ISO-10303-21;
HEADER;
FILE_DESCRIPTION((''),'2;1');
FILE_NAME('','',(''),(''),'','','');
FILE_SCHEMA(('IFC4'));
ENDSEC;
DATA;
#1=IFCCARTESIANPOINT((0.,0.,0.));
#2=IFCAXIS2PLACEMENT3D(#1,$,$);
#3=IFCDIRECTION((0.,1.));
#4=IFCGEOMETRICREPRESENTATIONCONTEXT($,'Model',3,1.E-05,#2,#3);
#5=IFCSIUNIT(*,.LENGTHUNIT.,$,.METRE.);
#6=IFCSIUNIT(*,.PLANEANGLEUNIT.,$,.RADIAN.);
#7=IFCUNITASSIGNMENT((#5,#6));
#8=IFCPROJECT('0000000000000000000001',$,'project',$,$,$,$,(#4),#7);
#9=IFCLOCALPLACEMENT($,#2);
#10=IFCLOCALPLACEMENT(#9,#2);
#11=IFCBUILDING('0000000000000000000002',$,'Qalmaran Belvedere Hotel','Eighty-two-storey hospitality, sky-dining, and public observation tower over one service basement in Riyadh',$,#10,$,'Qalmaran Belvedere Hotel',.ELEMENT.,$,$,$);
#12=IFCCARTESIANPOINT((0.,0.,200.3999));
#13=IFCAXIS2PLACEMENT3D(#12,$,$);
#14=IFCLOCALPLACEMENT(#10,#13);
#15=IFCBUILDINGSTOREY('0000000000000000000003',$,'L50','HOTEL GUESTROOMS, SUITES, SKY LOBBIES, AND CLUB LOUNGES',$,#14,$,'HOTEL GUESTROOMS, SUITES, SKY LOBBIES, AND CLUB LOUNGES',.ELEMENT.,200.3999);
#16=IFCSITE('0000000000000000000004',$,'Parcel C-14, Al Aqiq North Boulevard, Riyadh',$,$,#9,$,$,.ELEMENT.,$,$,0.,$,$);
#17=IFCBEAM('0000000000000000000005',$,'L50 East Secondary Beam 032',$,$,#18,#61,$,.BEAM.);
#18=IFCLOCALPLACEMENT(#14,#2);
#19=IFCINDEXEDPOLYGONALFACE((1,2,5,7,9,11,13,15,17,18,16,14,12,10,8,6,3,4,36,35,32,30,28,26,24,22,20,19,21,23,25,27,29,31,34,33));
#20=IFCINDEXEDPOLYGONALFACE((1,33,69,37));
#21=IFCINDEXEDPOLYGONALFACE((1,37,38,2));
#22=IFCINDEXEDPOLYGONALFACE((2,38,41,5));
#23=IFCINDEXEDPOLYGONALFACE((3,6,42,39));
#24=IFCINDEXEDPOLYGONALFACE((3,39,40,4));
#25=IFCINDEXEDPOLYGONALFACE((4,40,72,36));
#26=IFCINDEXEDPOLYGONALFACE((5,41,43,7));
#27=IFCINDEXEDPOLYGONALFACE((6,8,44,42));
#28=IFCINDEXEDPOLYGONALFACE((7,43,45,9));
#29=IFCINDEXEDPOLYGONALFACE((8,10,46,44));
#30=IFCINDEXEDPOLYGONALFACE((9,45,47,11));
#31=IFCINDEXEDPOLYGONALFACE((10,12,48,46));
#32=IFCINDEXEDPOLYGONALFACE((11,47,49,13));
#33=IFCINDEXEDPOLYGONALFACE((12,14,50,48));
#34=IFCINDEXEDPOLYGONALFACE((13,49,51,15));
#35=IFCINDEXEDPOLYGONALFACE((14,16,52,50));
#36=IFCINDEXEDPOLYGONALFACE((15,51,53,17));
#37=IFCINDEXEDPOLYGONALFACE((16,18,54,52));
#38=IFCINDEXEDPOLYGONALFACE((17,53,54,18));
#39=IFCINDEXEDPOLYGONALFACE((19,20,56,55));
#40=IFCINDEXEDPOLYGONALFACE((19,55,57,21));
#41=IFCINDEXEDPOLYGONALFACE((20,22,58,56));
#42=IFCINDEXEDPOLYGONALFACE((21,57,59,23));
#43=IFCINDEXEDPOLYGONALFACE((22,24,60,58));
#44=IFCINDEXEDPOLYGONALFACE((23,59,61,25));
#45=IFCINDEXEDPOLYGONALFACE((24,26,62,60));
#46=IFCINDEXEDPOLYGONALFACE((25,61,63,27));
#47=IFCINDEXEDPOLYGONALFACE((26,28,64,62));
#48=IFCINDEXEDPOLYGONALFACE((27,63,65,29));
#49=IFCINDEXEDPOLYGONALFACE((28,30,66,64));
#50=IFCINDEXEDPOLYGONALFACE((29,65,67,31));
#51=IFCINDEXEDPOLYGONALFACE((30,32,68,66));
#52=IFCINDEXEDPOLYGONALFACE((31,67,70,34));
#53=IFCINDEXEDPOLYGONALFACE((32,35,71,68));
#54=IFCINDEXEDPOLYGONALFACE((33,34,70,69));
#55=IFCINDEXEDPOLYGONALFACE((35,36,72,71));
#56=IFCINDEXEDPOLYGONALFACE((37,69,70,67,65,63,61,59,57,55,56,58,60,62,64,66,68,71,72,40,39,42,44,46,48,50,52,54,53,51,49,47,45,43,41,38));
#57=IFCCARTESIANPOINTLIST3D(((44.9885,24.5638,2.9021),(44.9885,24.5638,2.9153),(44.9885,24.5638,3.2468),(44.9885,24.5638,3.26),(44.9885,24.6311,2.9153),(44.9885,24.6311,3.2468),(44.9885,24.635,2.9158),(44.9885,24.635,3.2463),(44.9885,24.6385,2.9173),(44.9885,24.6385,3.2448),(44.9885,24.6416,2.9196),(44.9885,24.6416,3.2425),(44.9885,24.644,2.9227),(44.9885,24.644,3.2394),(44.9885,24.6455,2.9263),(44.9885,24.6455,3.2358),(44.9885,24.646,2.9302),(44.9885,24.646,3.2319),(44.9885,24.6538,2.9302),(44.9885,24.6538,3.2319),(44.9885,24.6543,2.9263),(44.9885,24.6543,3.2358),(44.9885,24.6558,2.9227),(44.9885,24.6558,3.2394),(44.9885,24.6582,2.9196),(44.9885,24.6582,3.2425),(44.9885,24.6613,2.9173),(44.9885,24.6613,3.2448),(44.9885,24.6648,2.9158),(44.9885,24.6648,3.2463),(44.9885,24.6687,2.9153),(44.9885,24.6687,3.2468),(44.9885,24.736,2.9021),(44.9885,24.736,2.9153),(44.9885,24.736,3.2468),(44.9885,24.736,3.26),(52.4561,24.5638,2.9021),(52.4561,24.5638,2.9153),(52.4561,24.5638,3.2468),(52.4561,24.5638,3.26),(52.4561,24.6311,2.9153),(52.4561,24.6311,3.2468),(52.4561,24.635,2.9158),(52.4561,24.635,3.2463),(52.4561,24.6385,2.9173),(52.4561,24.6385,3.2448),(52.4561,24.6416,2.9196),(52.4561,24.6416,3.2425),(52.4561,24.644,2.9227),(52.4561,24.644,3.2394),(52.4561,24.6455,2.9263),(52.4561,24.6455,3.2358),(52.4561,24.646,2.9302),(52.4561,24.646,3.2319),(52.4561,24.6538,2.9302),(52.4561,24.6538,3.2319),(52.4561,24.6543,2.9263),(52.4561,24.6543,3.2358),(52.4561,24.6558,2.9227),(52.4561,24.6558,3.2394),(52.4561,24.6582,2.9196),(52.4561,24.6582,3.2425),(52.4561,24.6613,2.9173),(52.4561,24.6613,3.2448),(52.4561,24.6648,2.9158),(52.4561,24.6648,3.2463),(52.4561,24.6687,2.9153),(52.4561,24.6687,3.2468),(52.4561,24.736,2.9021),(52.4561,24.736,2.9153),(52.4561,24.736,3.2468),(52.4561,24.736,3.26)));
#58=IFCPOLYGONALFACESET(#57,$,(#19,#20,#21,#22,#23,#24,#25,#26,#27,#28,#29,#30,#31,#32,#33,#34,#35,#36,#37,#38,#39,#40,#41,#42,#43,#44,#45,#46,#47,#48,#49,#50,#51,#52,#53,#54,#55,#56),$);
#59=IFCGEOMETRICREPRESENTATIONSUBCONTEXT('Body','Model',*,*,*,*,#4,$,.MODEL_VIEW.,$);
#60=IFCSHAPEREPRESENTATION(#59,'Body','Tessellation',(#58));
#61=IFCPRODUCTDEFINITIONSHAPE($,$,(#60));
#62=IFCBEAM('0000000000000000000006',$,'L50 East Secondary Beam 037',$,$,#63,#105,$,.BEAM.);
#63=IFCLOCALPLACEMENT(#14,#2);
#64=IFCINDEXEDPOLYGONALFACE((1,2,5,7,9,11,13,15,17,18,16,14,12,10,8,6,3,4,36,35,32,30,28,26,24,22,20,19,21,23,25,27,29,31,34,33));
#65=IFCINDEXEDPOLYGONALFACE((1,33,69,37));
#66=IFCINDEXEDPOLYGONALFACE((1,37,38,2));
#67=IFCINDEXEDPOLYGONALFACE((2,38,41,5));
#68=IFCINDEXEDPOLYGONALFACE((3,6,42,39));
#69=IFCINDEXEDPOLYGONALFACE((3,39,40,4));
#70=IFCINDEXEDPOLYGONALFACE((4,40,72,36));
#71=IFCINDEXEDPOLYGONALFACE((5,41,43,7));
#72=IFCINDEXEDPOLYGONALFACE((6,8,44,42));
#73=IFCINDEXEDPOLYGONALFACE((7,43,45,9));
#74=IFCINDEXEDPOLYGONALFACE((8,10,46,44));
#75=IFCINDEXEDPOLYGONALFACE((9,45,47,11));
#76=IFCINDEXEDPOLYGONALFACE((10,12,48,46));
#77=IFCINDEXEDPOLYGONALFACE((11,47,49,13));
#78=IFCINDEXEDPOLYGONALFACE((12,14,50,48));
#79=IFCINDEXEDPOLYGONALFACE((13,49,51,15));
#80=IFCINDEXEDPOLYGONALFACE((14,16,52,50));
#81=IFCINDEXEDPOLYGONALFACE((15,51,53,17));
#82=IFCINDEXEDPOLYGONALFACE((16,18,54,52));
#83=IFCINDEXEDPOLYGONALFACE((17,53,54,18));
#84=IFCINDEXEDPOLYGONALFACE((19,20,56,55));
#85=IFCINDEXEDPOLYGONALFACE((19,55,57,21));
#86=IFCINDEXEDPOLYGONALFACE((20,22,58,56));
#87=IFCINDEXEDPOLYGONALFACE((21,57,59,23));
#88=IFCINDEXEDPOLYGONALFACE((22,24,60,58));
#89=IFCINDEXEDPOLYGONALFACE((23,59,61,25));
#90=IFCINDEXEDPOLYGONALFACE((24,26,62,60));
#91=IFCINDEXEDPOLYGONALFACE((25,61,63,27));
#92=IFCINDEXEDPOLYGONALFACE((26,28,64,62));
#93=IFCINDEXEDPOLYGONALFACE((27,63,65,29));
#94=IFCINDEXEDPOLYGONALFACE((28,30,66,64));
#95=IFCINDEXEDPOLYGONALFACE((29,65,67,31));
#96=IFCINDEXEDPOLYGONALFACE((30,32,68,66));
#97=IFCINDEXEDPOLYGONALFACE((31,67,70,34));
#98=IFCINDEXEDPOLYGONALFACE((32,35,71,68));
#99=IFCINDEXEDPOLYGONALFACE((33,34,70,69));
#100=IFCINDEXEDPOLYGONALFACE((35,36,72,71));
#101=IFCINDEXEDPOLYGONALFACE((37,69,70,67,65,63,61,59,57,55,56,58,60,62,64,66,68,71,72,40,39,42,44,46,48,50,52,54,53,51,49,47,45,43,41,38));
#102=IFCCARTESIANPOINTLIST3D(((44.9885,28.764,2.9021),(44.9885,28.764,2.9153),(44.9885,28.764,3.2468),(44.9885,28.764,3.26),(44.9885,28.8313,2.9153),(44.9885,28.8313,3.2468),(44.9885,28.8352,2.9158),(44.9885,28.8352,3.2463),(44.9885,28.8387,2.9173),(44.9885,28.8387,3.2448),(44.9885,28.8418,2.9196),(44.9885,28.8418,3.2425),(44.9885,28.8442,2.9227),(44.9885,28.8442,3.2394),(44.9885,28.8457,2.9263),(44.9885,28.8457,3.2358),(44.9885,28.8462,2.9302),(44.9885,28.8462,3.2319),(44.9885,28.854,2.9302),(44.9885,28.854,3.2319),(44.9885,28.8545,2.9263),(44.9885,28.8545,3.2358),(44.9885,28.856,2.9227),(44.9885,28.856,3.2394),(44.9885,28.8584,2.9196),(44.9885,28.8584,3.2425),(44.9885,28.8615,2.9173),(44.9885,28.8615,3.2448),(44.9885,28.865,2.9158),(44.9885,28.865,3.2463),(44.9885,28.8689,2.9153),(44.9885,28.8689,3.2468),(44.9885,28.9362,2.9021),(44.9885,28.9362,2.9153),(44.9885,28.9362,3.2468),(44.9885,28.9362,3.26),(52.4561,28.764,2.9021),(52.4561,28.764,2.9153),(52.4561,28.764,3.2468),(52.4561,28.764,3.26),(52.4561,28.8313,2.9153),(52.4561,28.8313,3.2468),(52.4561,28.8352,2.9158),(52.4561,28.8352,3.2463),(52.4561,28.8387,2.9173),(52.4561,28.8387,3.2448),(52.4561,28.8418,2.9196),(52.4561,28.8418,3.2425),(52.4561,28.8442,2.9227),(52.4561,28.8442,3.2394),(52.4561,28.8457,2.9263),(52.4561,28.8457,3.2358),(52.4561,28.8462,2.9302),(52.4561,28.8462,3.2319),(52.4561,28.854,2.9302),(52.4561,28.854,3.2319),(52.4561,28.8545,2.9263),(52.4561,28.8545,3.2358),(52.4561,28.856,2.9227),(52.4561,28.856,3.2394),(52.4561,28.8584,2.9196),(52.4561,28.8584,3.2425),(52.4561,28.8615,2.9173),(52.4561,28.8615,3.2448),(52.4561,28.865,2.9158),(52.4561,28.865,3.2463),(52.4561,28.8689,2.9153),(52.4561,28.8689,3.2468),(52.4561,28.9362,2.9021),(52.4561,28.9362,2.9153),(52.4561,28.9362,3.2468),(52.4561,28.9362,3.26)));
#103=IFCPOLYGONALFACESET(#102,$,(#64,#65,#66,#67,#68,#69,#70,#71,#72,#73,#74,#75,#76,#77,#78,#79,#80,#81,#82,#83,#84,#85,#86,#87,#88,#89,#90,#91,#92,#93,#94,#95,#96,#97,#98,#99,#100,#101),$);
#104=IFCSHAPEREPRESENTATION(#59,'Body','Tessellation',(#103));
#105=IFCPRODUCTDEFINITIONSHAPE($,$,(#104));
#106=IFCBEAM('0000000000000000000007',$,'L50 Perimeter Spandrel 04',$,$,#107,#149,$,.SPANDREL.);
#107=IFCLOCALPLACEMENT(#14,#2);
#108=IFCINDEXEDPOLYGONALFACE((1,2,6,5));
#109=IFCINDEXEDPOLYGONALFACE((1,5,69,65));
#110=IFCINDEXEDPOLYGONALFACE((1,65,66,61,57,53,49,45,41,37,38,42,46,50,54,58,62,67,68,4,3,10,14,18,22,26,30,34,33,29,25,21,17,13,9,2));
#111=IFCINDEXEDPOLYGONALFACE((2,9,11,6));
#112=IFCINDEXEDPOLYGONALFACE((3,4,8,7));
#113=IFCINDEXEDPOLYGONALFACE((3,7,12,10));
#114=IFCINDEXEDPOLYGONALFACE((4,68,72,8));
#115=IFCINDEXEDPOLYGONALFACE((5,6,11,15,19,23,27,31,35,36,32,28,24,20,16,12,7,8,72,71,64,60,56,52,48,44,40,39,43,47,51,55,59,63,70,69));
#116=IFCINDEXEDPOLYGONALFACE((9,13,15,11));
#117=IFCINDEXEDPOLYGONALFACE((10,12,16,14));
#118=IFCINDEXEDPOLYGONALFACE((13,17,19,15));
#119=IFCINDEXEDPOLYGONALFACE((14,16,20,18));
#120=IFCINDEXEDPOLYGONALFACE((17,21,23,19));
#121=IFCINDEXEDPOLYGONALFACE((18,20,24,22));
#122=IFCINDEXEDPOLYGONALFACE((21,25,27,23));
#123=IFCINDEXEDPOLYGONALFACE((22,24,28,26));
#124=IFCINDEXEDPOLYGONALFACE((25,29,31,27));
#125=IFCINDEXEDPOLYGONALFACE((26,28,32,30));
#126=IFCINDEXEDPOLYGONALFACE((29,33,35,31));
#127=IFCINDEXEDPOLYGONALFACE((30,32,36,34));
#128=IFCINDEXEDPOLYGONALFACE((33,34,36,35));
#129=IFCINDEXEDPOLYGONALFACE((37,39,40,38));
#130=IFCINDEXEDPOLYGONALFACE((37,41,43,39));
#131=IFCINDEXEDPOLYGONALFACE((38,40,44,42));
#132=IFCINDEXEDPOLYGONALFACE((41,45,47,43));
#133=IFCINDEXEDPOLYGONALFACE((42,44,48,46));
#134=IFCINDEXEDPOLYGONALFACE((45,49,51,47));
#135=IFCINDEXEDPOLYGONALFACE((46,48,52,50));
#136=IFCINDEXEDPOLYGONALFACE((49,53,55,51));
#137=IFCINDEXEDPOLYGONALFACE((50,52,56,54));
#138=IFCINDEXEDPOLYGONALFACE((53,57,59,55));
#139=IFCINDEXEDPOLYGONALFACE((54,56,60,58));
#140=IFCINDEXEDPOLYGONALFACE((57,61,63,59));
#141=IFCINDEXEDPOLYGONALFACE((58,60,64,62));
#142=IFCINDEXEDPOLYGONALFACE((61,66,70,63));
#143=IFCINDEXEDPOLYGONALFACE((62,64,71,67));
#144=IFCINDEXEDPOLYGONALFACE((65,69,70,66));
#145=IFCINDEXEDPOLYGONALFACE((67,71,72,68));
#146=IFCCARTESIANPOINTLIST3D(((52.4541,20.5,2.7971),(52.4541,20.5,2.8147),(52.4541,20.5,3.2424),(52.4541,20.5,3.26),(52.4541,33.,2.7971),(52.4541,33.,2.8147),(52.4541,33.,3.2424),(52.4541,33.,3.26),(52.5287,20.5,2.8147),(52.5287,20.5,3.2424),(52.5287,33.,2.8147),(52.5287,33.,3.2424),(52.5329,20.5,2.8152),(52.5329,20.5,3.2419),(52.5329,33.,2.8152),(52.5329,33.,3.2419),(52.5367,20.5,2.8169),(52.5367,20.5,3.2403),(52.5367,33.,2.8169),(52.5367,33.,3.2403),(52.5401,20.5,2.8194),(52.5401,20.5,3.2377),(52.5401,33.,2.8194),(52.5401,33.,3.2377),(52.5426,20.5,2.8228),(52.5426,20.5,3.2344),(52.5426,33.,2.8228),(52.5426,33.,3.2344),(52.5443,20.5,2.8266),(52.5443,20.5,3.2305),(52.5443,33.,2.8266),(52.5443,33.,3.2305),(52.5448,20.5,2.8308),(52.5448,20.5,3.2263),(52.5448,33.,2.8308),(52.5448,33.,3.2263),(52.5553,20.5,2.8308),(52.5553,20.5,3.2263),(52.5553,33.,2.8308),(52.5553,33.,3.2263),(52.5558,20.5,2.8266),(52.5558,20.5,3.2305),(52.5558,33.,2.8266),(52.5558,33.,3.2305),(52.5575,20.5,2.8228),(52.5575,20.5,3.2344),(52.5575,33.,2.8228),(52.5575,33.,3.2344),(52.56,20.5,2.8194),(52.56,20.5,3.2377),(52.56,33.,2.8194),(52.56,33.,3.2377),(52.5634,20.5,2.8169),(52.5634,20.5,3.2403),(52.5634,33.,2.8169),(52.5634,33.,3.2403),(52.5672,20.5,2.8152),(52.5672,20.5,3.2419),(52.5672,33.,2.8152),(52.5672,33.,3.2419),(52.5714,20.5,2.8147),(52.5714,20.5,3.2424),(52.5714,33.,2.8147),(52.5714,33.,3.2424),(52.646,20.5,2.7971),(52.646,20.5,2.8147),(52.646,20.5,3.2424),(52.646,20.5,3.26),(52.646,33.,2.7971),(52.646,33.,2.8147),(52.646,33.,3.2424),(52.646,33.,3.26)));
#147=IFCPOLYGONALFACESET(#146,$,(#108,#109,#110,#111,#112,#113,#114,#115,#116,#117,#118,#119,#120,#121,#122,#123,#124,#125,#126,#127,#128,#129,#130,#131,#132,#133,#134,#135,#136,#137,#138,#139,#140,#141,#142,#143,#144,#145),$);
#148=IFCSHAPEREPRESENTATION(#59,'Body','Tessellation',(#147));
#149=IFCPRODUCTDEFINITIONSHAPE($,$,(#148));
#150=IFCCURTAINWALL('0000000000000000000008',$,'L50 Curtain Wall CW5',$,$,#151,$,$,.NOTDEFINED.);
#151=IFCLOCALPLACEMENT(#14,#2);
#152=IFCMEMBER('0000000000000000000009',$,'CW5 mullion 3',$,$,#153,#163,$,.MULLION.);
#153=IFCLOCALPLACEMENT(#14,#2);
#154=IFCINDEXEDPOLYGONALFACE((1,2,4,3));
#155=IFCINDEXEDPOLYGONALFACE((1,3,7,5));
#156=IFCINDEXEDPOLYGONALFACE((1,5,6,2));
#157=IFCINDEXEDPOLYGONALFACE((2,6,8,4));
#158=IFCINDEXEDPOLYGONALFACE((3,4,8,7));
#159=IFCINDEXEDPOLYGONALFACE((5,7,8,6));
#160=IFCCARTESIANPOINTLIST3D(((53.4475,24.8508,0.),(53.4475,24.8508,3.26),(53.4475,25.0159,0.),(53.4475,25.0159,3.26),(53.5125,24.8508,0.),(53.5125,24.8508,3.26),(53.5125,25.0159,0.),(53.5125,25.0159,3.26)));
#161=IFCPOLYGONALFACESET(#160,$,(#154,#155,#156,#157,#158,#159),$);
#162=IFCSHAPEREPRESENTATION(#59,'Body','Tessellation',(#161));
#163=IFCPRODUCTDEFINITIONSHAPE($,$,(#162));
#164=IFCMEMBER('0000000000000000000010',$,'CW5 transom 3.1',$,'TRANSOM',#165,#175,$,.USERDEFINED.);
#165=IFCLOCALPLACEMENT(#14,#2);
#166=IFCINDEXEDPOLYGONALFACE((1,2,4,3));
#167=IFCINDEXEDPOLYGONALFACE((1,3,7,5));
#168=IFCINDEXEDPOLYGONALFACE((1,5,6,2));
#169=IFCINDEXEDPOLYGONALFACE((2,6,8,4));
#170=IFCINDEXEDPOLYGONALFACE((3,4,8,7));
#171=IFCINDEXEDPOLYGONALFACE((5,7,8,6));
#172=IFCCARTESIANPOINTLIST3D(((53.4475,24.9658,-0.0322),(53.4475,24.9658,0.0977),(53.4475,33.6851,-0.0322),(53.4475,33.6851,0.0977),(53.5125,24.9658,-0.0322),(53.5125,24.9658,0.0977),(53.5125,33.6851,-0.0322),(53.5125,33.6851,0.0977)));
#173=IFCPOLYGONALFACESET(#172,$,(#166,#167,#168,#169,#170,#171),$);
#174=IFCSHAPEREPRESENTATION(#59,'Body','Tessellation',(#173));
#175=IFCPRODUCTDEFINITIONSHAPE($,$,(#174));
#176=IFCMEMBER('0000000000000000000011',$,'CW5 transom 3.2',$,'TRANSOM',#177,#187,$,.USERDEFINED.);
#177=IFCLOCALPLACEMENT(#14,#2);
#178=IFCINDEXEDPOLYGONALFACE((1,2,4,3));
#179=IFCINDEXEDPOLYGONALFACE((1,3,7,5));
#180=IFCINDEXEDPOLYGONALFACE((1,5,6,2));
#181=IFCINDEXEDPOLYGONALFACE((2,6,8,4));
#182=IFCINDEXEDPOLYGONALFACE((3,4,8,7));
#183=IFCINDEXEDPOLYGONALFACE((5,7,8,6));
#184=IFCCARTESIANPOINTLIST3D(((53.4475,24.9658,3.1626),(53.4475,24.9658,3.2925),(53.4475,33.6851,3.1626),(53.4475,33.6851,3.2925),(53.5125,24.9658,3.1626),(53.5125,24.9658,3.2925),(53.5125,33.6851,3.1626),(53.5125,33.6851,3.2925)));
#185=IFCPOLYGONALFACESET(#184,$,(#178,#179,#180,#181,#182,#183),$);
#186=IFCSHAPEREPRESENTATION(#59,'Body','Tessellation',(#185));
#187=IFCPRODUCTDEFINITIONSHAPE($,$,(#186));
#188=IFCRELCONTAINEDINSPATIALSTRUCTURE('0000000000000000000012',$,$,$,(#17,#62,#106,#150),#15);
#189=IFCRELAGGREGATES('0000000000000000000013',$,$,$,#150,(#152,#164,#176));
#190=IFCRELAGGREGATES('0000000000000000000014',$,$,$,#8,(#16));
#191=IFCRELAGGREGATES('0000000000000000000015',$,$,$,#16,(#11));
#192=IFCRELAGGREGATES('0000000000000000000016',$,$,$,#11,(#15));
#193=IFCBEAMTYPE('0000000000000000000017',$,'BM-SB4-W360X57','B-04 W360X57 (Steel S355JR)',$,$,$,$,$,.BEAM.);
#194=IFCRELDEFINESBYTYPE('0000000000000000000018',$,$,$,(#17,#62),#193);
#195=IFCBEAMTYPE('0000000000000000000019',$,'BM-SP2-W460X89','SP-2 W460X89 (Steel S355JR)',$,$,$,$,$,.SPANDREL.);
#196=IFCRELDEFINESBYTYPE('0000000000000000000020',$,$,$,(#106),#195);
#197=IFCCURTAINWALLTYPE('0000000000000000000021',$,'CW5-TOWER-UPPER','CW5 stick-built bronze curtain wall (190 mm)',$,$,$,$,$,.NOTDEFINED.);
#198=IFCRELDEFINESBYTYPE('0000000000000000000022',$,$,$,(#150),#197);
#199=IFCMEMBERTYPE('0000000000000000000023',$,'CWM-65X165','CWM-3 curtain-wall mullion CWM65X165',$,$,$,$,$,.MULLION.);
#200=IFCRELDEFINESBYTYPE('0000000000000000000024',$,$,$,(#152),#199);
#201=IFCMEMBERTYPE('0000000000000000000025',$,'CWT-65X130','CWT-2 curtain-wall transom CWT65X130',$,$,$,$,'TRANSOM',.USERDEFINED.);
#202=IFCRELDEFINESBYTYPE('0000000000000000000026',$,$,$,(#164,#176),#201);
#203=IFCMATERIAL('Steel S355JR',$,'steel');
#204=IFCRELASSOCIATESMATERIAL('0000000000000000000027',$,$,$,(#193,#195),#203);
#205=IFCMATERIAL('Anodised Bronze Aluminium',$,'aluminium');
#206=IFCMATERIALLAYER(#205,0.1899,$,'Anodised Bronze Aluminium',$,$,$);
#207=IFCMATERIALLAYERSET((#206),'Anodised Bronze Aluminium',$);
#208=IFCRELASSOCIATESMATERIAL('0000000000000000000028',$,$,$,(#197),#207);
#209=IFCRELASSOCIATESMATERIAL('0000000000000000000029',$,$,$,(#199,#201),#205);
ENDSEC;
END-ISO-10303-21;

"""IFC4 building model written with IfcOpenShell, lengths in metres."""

from ifc_helpers import new_model, si_unit, direction, frame, origin, origin_2d, place, context, subcontext, project, spatial, rectangle, i_section, extrude, material, layer, layer_set, material_profile, profile_set, type_object, element, aggregate, save


model = new_model("IFC4")

# Units and contexts
model_context = context("Model", 3, precision=1e-05, world=origin(), true_north=direction((0.0, 1.0)))
body_context = subcontext(model_context, "Body", "Model", "MODEL_VIEW")
ifc_project = project(units=[si_unit("LENGTHUNIT", "METRE"), si_unit("PLANEANGLEUNIT", "RADIAN")], contexts=[model_context])

# Site, building, storey
site_placement = place(None, origin())
site = spatial("IfcSite", under=ifc_project, at=site_placement, Name="Parcel C-14, Al Aqiq North Boulevard, Riyadh", CompositionType="ELEMENT", RefElevation=0.0)
building_placement = place(site_placement, origin())
building = spatial("IfcBuilding", under=site, at=building_placement, Name="Qalmaran Belvedere Hotel", Description="Eighty-two-storey hospitality, sky-dining, and public observation tower over one service basement in Riyadh", LongName="Qalmaran Belvedere Hotel", CompositionType="ELEMENT")
storey_placement = place(building_placement, frame((0.0, 0.0, 200.3999)))
storey = spatial("IfcBuildingStorey", under=building, at=storey_placement, Name="L50", Description="HOTEL GUESTROOMS, SUITES, SKY LOBBIES, AND CLUB LOUNGES", LongName="HOTEL GUESTROOMS, SUITES, SKY LOBBIES, AND CLUB LOUNGES", CompositionType="ELEMENT", Elevation=200.3999)

# Beams
ifc_material_1 = material(Name="Steel S355JR", Category="steel")
ifc_material_profile_1 = material_profile(ifc_material_1, i_section(OverallWidth=0.1721, OverallDepth=0.3579, WebThickness=0.0078, FlangeThickness=0.0132, FilletRadius=0.0149, at=origin_2d()), Name="W360X57")
ifc_profile_set_1 = profile_set([ifc_material_profile_1], Name="Steel S355JR")
beam_type_1 = type_object("IfcBeamType", Name="BM-SB4-W360X57", Description="B-04 W360X57 (Steel S355JR)", PredefinedType="BEAM", material=ifc_profile_set_1)
for number, where, z_axis, x_axis, name in (
    (1, (44.9885, 24.6499, 3.0811), (1.0, 0.0, 0.0), (0.0, 1.0, 0.0), "L50 East Secondary Beam 032"),
    (2, (44.9885, 28.8501, 3.0811), (1.0, 0.0, 0.0), (0.0, 1.0, 0.0), "L50 East Secondary Beam 037"),
):
    element("IfcBeam", number, at=place(storey_placement, frame(where, z_axis=z_axis, x_axis=x_axis)), inside=storey, type_object=beam_type_1, Name=name, PredefinedType="BEAM", context=body_context, shape_type="SweptSolid", body=[
        extrude(i_section(OverallWidth=0.1721, OverallDepth=0.3579, WebThickness=0.0078, FlangeThickness=0.0132, FilletRadius=0.0149, at=origin_2d()), origin(), (0.0, 0.0, 1.0), 7.4675),
    ])
ifc_material_profile_2 = material_profile(ifc_material_1, i_section(OverallWidth=0.1919, OverallDepth=0.4629, WebThickness=0.0105, FlangeThickness=0.0176, FilletRadius=0.0161, at=origin_2d()), Name="W460X89")
ifc_profile_set_2 = profile_set([ifc_material_profile_2], Name="Steel S355JR")
beam_type_2 = type_object("IfcBeamType", Name="BM-SP2-W460X89", Description="SP-2 W460X89 (Steel S355JR)", PredefinedType="SPANDREL", material=ifc_profile_set_2)
beam_1_placement = place(storey_placement, frame((52.55, 20.5, 3.0286), z_axis=(0.0, 1.0, 0.0), x_axis=(-1.0, 0.0, 0.0)))
element("IfcBeam", 3, at=beam_1_placement, inside=storey, type_object=beam_type_2, Name="L50 Perimeter Spandrel 04", PredefinedType="SPANDREL", context=body_context, shape_type="SweptSolid", body=[
    extrude(i_section(OverallWidth=0.1919, OverallDepth=0.4629, WebThickness=0.0105, FlangeThickness=0.0176, FilletRadius=0.0161, at=origin_2d()), origin(), (0.0, 0.0, 1.0), 12.5),
])

# Curtain wall, members
ifc_material_2 = material(Name="Anodised Bronze Aluminium", Category="aluminium")
ifc_layer_1 = layer(ifc_material_2, 0.1899, Name="Anodised Bronze Aluminium")
ifc_layer_set_1 = layer_set([ifc_layer_1], Name="Anodised Bronze Aluminium")
curtain_wall_type = type_object("IfcCurtainWallType", Name="CW5-TOWER-UPPER", Description="CW5 stick-built bronze curtain wall (190 mm)", PredefinedType="NOTDEFINED", material=ifc_layer_set_1)
curtain_wall_placement = place(storey_placement, origin())
curtain_wall = element("IfcCurtainWall", 4, at=curtain_wall_placement, inside=storey, type_object=curtain_wall_type, Name="L50 Curtain Wall CW5", PredefinedType="NOTDEFINED")
ifc_material_profile_3 = material_profile(ifc_material_2, rectangle(XDim=0.0649, YDim=0.165, at=origin_2d()), Name="CWM65X165")
ifc_profile_set_3 = profile_set([ifc_material_profile_3], Name="Anodised Bronze Aluminium")
member_type_1 = type_object("IfcMemberType", Name="CWM-65X165", Description="CWM-3 curtain-wall mullion CWM65X165", PredefinedType="MULLION", material=ifc_profile_set_3)
member_1_placement = place(storey_placement, frame((53.48, 24.9333, 0.0), z_axis=(0.0, 0.0, 1.0), x_axis=(-1.0, 0.0, 0.0)))
member_1 = element("IfcMember", 5, at=member_1_placement, type_object=member_type_1, Name="CW5 mullion 3", PredefinedType="MULLION", context=body_context, shape_type="SweptSolid", body=[
    extrude(rectangle(XDim=0.0649, YDim=0.165, at=origin_2d()), origin(), (0.0, 0.0, 1.0), 3.26),
])
ifc_material_profile_4 = material_profile(ifc_material_2, rectangle(XDim=0.0649, YDim=0.1299, at=origin_2d()), Name="CWT65X130")
ifc_profile_set_4 = profile_set([ifc_material_profile_4], Name="Anodised Bronze Aluminium")
member_type_2 = type_object("IfcMemberType", Name="CWT-65X130", Description="CWT-2 curtain-wall transom CWT65X130", ElementType="TRANSOM", PredefinedType="USERDEFINED", material=ifc_profile_set_4)
member_2_placement = place(storey_placement, frame((53.48, 24.9658, 0.0327), z_axis=(0.0, 1.0, 0.0), x_axis=(-1.0, 0.0, 0.0)))
member_2 = element("IfcMember", 6, at=member_2_placement, type_object=member_type_2, Name="CW5 transom 3.1", ObjectType="TRANSOM", PredefinedType="USERDEFINED", context=body_context, shape_type="SweptSolid", body=[
    extrude(rectangle(XDim=0.0649, YDim=0.1299, at=origin_2d()), origin(), (0.0, 0.0, 1.0), 8.7192),
])
member_3_placement = place(storey_placement, frame((53.48, 24.9658, 3.2275), z_axis=(0.0, 1.0, 0.0), x_axis=(-1.0, 0.0, 0.0)))
member_3 = element("IfcMember", 7, at=member_3_placement, type_object=member_type_2, Name="CW5 transom 3.2", ObjectType="TRANSOM", PredefinedType="USERDEFINED", context=body_context, shape_type="SweptSolid", body=[
    extrude(rectangle(XDim=0.0649, YDim=0.1299, at=origin_2d()), origin(), (0.0, 0.0, 1.0), 8.7192),
])
aggregate(curtain_wall, [member_1, member_2, member_3])

save(model, "model.ifc")
